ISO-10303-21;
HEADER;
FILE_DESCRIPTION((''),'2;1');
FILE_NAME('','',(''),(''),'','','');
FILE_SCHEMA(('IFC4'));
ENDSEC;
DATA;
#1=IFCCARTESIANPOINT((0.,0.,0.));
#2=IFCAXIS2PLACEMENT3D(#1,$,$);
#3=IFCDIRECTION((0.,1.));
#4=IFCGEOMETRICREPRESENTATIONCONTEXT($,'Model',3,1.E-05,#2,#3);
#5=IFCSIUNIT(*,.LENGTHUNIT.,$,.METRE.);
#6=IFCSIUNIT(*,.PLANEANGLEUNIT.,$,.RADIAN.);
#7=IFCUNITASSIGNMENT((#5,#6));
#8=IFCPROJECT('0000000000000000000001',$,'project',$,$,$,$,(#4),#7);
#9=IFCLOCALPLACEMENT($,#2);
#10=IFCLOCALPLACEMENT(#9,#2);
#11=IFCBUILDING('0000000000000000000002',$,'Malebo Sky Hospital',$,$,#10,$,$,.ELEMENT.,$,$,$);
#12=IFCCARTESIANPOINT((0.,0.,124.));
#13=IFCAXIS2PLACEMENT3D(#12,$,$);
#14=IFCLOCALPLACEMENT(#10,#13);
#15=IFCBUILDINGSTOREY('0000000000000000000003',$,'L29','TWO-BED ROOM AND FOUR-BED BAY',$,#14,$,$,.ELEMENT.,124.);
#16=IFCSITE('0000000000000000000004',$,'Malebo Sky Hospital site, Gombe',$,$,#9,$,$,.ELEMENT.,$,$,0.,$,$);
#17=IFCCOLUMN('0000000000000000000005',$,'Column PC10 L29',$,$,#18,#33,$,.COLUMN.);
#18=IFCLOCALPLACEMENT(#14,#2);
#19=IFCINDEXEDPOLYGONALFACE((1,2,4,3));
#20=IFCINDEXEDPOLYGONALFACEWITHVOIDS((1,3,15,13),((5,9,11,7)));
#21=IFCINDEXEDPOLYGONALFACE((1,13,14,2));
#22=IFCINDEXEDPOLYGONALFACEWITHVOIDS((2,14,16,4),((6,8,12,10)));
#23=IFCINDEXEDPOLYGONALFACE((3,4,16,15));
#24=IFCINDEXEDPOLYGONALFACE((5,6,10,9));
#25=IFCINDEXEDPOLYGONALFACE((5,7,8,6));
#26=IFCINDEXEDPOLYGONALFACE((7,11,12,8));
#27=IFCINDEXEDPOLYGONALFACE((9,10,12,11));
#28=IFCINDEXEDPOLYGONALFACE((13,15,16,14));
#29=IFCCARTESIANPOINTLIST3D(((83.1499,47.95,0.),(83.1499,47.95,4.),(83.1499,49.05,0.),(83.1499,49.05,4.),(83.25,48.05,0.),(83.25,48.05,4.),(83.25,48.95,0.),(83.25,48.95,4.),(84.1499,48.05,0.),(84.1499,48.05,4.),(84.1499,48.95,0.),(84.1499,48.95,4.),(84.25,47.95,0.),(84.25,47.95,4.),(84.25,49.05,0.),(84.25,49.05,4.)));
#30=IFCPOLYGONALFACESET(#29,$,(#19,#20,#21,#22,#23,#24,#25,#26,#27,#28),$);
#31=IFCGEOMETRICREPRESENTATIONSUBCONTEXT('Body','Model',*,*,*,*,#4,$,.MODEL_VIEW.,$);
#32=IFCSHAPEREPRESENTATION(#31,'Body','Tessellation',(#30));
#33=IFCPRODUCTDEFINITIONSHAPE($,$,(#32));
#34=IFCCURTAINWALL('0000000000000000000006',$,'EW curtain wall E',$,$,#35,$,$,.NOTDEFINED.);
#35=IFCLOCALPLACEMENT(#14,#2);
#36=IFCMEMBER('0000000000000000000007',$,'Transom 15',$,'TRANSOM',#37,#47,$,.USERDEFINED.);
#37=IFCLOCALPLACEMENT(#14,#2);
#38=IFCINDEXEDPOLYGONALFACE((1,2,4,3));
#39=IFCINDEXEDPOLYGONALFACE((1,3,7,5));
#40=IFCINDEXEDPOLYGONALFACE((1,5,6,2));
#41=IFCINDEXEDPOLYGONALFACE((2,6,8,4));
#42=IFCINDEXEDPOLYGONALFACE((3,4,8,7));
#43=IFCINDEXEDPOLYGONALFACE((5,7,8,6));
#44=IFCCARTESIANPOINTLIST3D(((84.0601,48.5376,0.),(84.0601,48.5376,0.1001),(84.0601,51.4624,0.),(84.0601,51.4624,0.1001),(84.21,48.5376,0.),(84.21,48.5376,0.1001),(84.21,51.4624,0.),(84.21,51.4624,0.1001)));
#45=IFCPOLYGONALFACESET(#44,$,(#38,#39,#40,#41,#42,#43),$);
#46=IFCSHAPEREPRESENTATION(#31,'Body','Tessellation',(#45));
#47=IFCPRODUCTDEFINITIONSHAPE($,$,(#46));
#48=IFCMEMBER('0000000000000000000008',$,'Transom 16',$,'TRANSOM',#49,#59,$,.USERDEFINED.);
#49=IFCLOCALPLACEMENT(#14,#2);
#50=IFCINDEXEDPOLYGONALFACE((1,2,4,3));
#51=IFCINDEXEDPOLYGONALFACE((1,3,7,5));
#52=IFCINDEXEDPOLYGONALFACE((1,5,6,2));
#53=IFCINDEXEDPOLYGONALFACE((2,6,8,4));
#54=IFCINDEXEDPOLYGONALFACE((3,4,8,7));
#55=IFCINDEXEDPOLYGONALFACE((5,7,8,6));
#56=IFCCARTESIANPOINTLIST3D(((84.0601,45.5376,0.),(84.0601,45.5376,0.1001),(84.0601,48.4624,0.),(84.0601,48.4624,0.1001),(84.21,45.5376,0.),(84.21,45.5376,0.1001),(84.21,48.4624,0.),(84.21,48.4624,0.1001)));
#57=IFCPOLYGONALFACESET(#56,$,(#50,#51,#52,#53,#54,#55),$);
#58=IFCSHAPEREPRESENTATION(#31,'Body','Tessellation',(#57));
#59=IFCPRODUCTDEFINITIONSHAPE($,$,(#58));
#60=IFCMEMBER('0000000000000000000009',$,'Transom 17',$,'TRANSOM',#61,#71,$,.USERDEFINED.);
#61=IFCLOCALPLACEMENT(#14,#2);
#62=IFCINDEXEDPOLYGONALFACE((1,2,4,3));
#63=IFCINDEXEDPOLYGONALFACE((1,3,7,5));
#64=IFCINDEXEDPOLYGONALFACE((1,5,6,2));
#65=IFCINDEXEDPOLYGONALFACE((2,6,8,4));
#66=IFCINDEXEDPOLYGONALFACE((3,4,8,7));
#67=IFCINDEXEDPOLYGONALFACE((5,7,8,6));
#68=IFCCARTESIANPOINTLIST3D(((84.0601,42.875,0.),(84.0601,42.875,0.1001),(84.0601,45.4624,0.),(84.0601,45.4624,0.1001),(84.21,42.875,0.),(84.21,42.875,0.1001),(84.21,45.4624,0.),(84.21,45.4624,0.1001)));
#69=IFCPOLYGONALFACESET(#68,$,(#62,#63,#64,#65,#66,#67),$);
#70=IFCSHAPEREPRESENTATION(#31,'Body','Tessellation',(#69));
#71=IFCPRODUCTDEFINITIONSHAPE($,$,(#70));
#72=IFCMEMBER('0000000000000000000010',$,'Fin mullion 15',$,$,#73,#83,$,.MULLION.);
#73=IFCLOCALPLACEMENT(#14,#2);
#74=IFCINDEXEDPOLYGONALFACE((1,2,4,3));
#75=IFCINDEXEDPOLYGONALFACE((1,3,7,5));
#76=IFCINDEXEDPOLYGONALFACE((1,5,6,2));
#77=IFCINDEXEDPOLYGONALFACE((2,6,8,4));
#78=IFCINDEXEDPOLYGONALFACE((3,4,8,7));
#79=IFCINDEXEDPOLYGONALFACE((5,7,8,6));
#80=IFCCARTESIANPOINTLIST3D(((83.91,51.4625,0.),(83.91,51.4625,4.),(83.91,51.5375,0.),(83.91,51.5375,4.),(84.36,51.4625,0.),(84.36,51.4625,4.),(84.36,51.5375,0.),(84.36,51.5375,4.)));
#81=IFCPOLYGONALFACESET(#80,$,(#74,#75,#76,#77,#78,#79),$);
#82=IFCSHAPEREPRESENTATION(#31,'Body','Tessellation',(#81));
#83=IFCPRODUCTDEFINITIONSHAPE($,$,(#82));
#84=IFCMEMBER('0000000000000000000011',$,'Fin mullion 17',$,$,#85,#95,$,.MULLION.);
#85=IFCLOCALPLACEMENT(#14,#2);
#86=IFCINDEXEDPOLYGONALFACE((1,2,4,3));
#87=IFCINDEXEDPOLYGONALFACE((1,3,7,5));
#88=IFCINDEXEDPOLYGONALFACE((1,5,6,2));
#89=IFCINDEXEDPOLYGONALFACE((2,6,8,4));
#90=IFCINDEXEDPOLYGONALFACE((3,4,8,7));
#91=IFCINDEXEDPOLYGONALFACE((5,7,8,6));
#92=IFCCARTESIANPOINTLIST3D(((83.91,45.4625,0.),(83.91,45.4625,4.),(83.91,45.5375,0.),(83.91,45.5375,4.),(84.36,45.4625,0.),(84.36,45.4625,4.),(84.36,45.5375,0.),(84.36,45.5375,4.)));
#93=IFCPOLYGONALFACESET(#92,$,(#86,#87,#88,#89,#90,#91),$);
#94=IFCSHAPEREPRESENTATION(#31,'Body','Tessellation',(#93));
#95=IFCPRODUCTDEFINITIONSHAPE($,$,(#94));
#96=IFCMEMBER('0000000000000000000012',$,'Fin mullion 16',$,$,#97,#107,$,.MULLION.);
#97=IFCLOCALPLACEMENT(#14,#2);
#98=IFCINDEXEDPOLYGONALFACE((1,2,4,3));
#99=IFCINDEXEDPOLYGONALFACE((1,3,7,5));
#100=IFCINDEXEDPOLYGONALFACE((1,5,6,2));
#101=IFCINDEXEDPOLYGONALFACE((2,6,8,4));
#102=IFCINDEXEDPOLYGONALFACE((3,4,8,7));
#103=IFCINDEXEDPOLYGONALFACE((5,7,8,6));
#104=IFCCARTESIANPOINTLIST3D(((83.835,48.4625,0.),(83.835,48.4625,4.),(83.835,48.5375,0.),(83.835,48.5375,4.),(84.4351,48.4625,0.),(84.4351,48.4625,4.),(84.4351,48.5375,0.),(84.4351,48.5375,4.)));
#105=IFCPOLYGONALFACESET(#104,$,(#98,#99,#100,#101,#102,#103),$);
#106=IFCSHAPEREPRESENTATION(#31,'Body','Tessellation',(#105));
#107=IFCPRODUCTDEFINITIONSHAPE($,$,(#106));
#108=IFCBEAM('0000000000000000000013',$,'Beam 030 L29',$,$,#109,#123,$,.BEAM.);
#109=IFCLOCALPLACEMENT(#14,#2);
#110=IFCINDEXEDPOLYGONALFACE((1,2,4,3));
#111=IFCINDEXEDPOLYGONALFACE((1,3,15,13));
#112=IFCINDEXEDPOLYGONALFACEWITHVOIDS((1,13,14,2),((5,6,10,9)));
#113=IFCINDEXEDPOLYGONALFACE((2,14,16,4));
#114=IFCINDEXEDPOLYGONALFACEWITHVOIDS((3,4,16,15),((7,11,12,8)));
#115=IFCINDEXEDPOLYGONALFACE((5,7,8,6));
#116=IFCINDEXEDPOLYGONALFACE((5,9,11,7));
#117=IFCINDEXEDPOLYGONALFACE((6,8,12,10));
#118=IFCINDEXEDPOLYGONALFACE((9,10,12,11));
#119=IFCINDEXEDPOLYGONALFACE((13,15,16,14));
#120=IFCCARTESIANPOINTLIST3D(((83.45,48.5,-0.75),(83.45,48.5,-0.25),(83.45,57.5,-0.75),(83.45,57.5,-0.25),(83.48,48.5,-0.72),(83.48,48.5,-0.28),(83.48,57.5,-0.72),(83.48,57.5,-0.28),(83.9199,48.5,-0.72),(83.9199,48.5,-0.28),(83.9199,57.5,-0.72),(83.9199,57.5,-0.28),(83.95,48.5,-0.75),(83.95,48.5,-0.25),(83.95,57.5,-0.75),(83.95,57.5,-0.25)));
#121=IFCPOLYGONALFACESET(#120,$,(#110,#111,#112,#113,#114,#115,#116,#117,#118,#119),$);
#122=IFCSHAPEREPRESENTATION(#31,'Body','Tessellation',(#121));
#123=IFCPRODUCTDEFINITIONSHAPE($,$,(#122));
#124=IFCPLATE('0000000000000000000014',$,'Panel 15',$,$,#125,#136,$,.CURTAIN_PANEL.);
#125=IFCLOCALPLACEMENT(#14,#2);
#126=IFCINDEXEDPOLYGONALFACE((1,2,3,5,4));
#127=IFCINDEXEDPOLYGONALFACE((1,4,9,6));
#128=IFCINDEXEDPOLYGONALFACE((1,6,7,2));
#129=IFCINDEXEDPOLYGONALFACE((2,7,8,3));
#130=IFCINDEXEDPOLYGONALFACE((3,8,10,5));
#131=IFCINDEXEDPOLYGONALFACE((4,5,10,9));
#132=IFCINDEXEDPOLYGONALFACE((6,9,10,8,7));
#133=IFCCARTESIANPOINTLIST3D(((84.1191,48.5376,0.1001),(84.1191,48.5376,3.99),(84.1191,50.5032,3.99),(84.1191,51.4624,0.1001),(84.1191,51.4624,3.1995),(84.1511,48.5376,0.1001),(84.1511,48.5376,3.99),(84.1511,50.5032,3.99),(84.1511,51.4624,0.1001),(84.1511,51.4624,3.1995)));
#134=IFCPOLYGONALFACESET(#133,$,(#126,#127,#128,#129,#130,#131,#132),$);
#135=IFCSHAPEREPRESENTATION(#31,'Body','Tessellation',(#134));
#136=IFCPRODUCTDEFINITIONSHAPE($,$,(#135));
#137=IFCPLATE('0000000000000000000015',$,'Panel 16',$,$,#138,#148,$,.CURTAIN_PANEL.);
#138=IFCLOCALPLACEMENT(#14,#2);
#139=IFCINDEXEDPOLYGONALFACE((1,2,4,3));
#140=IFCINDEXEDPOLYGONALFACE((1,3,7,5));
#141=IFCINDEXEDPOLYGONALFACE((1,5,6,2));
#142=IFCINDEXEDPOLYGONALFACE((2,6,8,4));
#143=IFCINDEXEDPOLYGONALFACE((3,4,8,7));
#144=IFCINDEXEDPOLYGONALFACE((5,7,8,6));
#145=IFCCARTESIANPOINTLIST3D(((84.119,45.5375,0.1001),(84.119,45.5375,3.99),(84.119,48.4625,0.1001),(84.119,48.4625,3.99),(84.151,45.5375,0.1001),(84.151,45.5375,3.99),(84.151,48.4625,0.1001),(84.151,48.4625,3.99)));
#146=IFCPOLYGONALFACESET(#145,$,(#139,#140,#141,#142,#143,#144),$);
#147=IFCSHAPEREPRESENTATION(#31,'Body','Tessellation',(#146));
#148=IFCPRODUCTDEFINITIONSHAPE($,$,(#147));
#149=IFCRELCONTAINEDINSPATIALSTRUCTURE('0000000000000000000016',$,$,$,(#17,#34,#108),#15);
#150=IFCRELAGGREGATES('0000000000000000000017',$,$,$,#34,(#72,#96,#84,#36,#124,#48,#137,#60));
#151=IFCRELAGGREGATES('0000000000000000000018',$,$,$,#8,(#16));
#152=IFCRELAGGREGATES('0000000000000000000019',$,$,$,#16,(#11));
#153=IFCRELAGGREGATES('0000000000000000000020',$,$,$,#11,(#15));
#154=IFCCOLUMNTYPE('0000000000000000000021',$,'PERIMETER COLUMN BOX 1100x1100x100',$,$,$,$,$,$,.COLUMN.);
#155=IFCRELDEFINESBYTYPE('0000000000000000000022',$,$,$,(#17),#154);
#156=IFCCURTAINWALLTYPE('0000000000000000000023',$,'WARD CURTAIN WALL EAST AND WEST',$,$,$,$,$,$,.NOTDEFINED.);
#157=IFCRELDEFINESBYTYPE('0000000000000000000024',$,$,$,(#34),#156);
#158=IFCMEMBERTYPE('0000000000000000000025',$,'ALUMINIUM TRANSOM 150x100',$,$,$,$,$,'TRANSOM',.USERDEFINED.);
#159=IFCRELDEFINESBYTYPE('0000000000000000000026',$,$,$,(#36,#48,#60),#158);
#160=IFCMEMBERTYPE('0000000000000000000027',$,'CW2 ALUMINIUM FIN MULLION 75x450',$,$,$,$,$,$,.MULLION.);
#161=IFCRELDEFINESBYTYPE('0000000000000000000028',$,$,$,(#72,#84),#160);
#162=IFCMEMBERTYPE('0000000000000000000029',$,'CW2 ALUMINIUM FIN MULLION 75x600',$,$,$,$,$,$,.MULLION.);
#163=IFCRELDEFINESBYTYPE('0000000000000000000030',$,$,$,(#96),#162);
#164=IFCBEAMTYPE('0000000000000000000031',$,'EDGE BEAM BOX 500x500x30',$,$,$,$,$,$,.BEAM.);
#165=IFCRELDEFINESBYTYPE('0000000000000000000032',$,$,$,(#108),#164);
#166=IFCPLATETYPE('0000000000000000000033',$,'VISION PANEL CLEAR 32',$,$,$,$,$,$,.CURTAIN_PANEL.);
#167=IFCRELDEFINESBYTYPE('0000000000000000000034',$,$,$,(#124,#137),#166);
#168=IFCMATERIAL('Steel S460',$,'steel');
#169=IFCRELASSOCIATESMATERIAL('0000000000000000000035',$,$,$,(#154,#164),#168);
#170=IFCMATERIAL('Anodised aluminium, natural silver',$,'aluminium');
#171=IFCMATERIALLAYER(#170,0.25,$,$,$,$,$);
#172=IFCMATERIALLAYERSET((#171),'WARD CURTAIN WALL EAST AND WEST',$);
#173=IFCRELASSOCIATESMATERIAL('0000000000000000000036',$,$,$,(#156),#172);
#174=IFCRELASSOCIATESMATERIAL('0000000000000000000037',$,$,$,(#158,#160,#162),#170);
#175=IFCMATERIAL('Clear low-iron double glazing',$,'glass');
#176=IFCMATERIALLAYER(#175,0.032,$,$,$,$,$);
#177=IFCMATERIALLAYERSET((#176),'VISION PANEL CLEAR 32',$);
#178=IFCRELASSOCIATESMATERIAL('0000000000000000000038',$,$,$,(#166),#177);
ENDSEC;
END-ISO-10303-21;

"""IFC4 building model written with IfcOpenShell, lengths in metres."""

from ifc_helpers import new_model, si_unit, direction, frame, origin, origin_2d, place, context, subcontext, project, spatial, polyline, rectangle, hollow_rectangle, outline, extrude, material, layer, layer_set, material_profile, profile_set, type_object, element, aggregate, save


model = new_model("IFC4")

# Units and contexts
model_context = context("Model", 3, precision=1e-05, world=origin(), true_north=direction((0.0, 1.0)))
body_context = subcontext(model_context, "Body", "Model", "MODEL_VIEW")
ifc_project = project(units=[si_unit("LENGTHUNIT", "METRE"), si_unit("PLANEANGLEUNIT", "RADIAN")], contexts=[model_context])

# Site, building, storey
site_placement = place(None, origin())
site = spatial("IfcSite", under=ifc_project, at=site_placement, Name="Malebo Sky Hospital site, Gombe", CompositionType="ELEMENT", RefElevation=0.0)
building_placement = place(site_placement, origin())
building = spatial("IfcBuilding", under=site, at=building_placement, Name="Malebo Sky Hospital", CompositionType="ELEMENT")
storey_placement = place(building_placement, frame((0.0, 0.0, 124.0)))
storey = spatial("IfcBuildingStorey", under=building, at=storey_placement, Name="L29", Description="TWO-BED ROOM AND FOUR-BED BAY", CompositionType="ELEMENT", Elevation=124.0)

# Column
ifc_material_1 = material(Name="Steel S460", Category="steel")
ifc_material_profile_1 = material_profile(ifc_material_1, hollow_rectangle(XDim=1.1001, YDim=1.1001, WallThickness=0.1001, at=origin_2d()), Name="BOX 1100x1100x100")
ifc_profile_set_1 = profile_set([ifc_material_profile_1], Name="Steel S460")
column_type = type_object("IfcColumnType", Name="PERIMETER COLUMN BOX 1100x1100x100", PredefinedType="COLUMN", material=ifc_profile_set_1)
column_placement = place(storey_placement, frame((83.7, 48.5, 0.0), z_axis=(0.0, 0.0, 1.0), x_axis=(1.0, 0.0, 0.0)))
element("IfcColumn", 1, at=column_placement, inside=storey, type_object=column_type, Name="Column PC10 L29", PredefinedType="COLUMN", context=body_context, shape_type="SweptSolid", body=[
    extrude(hollow_rectangle(XDim=1.1001, YDim=1.1001, WallThickness=0.1001, at=origin_2d()), origin(), (0.0, 0.0, 1.0), 4.0),
])

# Curtain wall, members
ifc_material_2 = material(Name="Anodised aluminium, natural silver", Category="aluminium")
ifc_layer_1 = layer(ifc_material_2, 0.25)
ifc_layer_set_1 = layer_set([ifc_layer_1], Name="WARD CURTAIN WALL EAST AND WEST")
curtain_wall_type = type_object("IfcCurtainWallType", Name="WARD CURTAIN WALL EAST AND WEST", PredefinedType="NOTDEFINED", material=ifc_layer_set_1)
curtain_wall_placement = place(storey_placement, origin())
curtain_wall = element("IfcCurtainWall", 2, at=curtain_wall_placement, inside=storey, type_object=curtain_wall_type, Name="EW curtain wall E", PredefinedType="NOTDEFINED")
ifc_material_profile_2 = material_profile(ifc_material_2, rectangle(XDim=0.1499, YDim=0.1001, at=origin_2d()), Name="ALUMINIUM TRANSOM 150x100")
ifc_profile_set_2 = profile_set([ifc_material_profile_2], Name="Anodised aluminium, natural silver")
member_type_1 = type_object("IfcMemberType", Name="ALUMINIUM TRANSOM 150x100", ElementType="TRANSOM", PredefinedType="USERDEFINED", material=ifc_profile_set_2)
member_1_placement = place(storey_placement, frame((84.135, 51.4624, 0.05), z_axis=(0.0, -1.0, 0.0), x_axis=(1.0, 0.0, 0.0)))
member_1 = element("IfcMember", 3, at=member_1_placement, type_object=member_type_1, Name="Transom 15", ObjectType="TRANSOM", PredefinedType="USERDEFINED", context=body_context, shape_type="SweptSolid", body=[
    extrude(rectangle(XDim=0.1499, YDim=0.1001, at=origin_2d()), origin(), (0.0, 0.0, 1.0), 2.9248),
])
member_2_placement = place(storey_placement, frame((84.135, 48.4624, 0.05), z_axis=(0.0, -1.0, 0.0), x_axis=(1.0, 0.0, 0.0)))
member_2 = element("IfcMember", 4, at=member_2_placement, type_object=member_type_1, Name="Transom 16", ObjectType="TRANSOM", PredefinedType="USERDEFINED", context=body_context, shape_type="SweptSolid", body=[
    extrude(rectangle(XDim=0.1499, YDim=0.1001, at=origin_2d()), origin(), (0.0, 0.0, 1.0), 2.9248),
])
member_3_placement = place(storey_placement, frame((84.135, 45.4624, 0.05), z_axis=(0.0, -1.0, 0.0), x_axis=(1.0, 0.0, 0.0)))
member_3 = element("IfcMember", 5, at=member_3_placement, type_object=member_type_1, Name="Transom 17", ObjectType="TRANSOM", PredefinedType="USERDEFINED", context=body_context, shape_type="SweptSolid", body=[
    extrude(rectangle(XDim=0.1499, YDim=0.1001, at=origin_2d()), origin(), (0.0, 0.0, 1.0), 2.5874),
])
ifc_material_profile_3 = material_profile(ifc_material_2, rectangle(XDim=0.075, YDim=0.45, at=origin_2d()), Name="CW2 ALUMINIUM FIN MULLION 75x450")
ifc_profile_set_3 = profile_set([ifc_material_profile_3], Name="Anodised aluminium, natural silver")
member_type_2 = type_object("IfcMemberType", Name="CW2 ALUMINIUM FIN MULLION 75x450", PredefinedType="MULLION", material=ifc_profile_set_3)
member_4_placement = place(storey_placement, frame((84.135, 51.5, 0.0), z_axis=(0.0, 0.0, 1.0), x_axis=(0.0, -1.0, 0.0)))
member_4 = element("IfcMember", 6, at=member_4_placement, type_object=member_type_2, Name="Fin mullion 15", PredefinedType="MULLION", context=body_context, shape_type="SweptSolid", body=[
    extrude(rectangle(XDim=0.075, YDim=0.45, at=origin_2d()), origin(), (0.0, 0.0, 1.0), 4.0),
])
member_5_placement = place(storey_placement, frame((84.135, 45.5, 0.0), z_axis=(0.0, 0.0, 1.0), x_axis=(0.0, -1.0, 0.0)))
member_5 = element("IfcMember", 7, at=member_5_placement, type_object=member_type_2, Name="Fin mullion 17", PredefinedType="MULLION", context=body_context, shape_type="SweptSolid", body=[
    extrude(rectangle(XDim=0.075, YDim=0.45, at=origin_2d()), origin(), (0.0, 0.0, 1.0), 4.0),
])
ifc_material_profile_4 = material_profile(ifc_material_2, rectangle(XDim=0.075, YDim=0.6001, at=origin_2d()), Name="CW2 ALUMINIUM FIN MULLION 75x600")
ifc_profile_set_4 = profile_set([ifc_material_profile_4], Name="Anodised aluminium, natural silver")
member_type_3 = type_object("IfcMemberType", Name="CW2 ALUMINIUM FIN MULLION 75x600", PredefinedType="MULLION", material=ifc_profile_set_4)
member_6_placement = place(storey_placement, frame((84.135, 48.5, 0.0), z_axis=(0.0, 0.0, 1.0), x_axis=(0.0, -1.0, 0.0)))
member_6 = element("IfcMember", 8, at=member_6_placement, type_object=member_type_3, Name="Fin mullion 16", PredefinedType="MULLION", context=body_context, shape_type="SweptSolid", body=[
    extrude(rectangle(XDim=0.075, YDim=0.6001, at=origin_2d()), origin(), (0.0, 0.0, 1.0), 4.0),
])

# Beam
ifc_material_profile_5 = material_profile(ifc_material_1, hollow_rectangle(XDim=0.5, YDim=0.5, WallThickness=0.03, at=origin_2d()), Name="BOX 500x500x30")
ifc_profile_set_5 = profile_set([ifc_material_profile_5], Name="Steel S460")
beam_type = type_object("IfcBeamType", Name="EDGE BEAM BOX 500x500x30", PredefinedType="BEAM", material=ifc_profile_set_5)
beam_placement = place(storey_placement, frame((83.7, 48.5, -0.5), z_axis=(0.0, 1.0, 0.0), x_axis=(-1.0, 0.0, 0.0)))
element("IfcBeam", 9, at=beam_placement, inside=storey, type_object=beam_type, Name="Beam 030 L29", PredefinedType="BEAM", context=body_context, shape_type="SweptSolid", body=[
    extrude(hollow_rectangle(XDim=0.5, YDim=0.5, WallThickness=0.03, at=origin_2d()), origin(), (0.0, 0.0, 1.0), 9.0),
])

# Plates
ifc_material_3 = material(Name="Clear low-iron double glazing", Category="glass")
ifc_layer_2 = layer(ifc_material_3, 0.032)
ifc_layer_set_2 = layer_set([ifc_layer_2], Name="VISION PANEL CLEAR 32")
plate_type = type_object("IfcPlateType", Name="VISION PANEL CLEAR 32", PredefinedType="CURTAIN_PANEL", material=ifc_layer_set_2)
plate_1_placement = place(storey_placement, frame((84.135, 50.0, 0.1001), z_axis=(0.0, 0.0, 1.0), x_axis=(0.0, -1.0, 0.0)))
plate_1 = element("IfcPlate", 10, at=plate_1_placement, type_object=plate_type, Name="Panel 15", PredefinedType="CURTAIN_PANEL", context=body_context, shape_type="SweptSolid", body=[
    extrude(outline(polyline([(-1.4624, 0.0), (1.4624, 0.0), (1.4624, 3.8899), (-0.5032, 3.8899), (-1.4624, 3.0994), (-1.4624, 0.0)])), frame((0.0, 0.0161, 0.0), z_axis=(0.0, -1.0, 0.0), x_axis=(1.0, 0.0, 0.0)), (0.0, 0.0, 1.0), 0.032),
])
plate_2_placement = place(storey_placement, frame((84.135, 47.0, 0.1001), z_axis=(0.0, 0.0, 1.0), x_axis=(0.0, -1.0, 0.0)))
plate_2 = element("IfcPlate", 11, at=plate_2_placement, type_object=plate_type, Name="Panel 16", PredefinedType="CURTAIN_PANEL", context=body_context, shape_type="SweptSolid", body=[
    extrude(rectangle(XDim=2.925, YDim=0.032, at=origin_2d()), origin(), (0.0, 0.0, 1.0), 3.8899),
])
aggregate(curtain_wall, [member_4, member_6, member_5, member_1, plate_1, member_2, plate_2, member_3])

save(model, "model.ifc")
